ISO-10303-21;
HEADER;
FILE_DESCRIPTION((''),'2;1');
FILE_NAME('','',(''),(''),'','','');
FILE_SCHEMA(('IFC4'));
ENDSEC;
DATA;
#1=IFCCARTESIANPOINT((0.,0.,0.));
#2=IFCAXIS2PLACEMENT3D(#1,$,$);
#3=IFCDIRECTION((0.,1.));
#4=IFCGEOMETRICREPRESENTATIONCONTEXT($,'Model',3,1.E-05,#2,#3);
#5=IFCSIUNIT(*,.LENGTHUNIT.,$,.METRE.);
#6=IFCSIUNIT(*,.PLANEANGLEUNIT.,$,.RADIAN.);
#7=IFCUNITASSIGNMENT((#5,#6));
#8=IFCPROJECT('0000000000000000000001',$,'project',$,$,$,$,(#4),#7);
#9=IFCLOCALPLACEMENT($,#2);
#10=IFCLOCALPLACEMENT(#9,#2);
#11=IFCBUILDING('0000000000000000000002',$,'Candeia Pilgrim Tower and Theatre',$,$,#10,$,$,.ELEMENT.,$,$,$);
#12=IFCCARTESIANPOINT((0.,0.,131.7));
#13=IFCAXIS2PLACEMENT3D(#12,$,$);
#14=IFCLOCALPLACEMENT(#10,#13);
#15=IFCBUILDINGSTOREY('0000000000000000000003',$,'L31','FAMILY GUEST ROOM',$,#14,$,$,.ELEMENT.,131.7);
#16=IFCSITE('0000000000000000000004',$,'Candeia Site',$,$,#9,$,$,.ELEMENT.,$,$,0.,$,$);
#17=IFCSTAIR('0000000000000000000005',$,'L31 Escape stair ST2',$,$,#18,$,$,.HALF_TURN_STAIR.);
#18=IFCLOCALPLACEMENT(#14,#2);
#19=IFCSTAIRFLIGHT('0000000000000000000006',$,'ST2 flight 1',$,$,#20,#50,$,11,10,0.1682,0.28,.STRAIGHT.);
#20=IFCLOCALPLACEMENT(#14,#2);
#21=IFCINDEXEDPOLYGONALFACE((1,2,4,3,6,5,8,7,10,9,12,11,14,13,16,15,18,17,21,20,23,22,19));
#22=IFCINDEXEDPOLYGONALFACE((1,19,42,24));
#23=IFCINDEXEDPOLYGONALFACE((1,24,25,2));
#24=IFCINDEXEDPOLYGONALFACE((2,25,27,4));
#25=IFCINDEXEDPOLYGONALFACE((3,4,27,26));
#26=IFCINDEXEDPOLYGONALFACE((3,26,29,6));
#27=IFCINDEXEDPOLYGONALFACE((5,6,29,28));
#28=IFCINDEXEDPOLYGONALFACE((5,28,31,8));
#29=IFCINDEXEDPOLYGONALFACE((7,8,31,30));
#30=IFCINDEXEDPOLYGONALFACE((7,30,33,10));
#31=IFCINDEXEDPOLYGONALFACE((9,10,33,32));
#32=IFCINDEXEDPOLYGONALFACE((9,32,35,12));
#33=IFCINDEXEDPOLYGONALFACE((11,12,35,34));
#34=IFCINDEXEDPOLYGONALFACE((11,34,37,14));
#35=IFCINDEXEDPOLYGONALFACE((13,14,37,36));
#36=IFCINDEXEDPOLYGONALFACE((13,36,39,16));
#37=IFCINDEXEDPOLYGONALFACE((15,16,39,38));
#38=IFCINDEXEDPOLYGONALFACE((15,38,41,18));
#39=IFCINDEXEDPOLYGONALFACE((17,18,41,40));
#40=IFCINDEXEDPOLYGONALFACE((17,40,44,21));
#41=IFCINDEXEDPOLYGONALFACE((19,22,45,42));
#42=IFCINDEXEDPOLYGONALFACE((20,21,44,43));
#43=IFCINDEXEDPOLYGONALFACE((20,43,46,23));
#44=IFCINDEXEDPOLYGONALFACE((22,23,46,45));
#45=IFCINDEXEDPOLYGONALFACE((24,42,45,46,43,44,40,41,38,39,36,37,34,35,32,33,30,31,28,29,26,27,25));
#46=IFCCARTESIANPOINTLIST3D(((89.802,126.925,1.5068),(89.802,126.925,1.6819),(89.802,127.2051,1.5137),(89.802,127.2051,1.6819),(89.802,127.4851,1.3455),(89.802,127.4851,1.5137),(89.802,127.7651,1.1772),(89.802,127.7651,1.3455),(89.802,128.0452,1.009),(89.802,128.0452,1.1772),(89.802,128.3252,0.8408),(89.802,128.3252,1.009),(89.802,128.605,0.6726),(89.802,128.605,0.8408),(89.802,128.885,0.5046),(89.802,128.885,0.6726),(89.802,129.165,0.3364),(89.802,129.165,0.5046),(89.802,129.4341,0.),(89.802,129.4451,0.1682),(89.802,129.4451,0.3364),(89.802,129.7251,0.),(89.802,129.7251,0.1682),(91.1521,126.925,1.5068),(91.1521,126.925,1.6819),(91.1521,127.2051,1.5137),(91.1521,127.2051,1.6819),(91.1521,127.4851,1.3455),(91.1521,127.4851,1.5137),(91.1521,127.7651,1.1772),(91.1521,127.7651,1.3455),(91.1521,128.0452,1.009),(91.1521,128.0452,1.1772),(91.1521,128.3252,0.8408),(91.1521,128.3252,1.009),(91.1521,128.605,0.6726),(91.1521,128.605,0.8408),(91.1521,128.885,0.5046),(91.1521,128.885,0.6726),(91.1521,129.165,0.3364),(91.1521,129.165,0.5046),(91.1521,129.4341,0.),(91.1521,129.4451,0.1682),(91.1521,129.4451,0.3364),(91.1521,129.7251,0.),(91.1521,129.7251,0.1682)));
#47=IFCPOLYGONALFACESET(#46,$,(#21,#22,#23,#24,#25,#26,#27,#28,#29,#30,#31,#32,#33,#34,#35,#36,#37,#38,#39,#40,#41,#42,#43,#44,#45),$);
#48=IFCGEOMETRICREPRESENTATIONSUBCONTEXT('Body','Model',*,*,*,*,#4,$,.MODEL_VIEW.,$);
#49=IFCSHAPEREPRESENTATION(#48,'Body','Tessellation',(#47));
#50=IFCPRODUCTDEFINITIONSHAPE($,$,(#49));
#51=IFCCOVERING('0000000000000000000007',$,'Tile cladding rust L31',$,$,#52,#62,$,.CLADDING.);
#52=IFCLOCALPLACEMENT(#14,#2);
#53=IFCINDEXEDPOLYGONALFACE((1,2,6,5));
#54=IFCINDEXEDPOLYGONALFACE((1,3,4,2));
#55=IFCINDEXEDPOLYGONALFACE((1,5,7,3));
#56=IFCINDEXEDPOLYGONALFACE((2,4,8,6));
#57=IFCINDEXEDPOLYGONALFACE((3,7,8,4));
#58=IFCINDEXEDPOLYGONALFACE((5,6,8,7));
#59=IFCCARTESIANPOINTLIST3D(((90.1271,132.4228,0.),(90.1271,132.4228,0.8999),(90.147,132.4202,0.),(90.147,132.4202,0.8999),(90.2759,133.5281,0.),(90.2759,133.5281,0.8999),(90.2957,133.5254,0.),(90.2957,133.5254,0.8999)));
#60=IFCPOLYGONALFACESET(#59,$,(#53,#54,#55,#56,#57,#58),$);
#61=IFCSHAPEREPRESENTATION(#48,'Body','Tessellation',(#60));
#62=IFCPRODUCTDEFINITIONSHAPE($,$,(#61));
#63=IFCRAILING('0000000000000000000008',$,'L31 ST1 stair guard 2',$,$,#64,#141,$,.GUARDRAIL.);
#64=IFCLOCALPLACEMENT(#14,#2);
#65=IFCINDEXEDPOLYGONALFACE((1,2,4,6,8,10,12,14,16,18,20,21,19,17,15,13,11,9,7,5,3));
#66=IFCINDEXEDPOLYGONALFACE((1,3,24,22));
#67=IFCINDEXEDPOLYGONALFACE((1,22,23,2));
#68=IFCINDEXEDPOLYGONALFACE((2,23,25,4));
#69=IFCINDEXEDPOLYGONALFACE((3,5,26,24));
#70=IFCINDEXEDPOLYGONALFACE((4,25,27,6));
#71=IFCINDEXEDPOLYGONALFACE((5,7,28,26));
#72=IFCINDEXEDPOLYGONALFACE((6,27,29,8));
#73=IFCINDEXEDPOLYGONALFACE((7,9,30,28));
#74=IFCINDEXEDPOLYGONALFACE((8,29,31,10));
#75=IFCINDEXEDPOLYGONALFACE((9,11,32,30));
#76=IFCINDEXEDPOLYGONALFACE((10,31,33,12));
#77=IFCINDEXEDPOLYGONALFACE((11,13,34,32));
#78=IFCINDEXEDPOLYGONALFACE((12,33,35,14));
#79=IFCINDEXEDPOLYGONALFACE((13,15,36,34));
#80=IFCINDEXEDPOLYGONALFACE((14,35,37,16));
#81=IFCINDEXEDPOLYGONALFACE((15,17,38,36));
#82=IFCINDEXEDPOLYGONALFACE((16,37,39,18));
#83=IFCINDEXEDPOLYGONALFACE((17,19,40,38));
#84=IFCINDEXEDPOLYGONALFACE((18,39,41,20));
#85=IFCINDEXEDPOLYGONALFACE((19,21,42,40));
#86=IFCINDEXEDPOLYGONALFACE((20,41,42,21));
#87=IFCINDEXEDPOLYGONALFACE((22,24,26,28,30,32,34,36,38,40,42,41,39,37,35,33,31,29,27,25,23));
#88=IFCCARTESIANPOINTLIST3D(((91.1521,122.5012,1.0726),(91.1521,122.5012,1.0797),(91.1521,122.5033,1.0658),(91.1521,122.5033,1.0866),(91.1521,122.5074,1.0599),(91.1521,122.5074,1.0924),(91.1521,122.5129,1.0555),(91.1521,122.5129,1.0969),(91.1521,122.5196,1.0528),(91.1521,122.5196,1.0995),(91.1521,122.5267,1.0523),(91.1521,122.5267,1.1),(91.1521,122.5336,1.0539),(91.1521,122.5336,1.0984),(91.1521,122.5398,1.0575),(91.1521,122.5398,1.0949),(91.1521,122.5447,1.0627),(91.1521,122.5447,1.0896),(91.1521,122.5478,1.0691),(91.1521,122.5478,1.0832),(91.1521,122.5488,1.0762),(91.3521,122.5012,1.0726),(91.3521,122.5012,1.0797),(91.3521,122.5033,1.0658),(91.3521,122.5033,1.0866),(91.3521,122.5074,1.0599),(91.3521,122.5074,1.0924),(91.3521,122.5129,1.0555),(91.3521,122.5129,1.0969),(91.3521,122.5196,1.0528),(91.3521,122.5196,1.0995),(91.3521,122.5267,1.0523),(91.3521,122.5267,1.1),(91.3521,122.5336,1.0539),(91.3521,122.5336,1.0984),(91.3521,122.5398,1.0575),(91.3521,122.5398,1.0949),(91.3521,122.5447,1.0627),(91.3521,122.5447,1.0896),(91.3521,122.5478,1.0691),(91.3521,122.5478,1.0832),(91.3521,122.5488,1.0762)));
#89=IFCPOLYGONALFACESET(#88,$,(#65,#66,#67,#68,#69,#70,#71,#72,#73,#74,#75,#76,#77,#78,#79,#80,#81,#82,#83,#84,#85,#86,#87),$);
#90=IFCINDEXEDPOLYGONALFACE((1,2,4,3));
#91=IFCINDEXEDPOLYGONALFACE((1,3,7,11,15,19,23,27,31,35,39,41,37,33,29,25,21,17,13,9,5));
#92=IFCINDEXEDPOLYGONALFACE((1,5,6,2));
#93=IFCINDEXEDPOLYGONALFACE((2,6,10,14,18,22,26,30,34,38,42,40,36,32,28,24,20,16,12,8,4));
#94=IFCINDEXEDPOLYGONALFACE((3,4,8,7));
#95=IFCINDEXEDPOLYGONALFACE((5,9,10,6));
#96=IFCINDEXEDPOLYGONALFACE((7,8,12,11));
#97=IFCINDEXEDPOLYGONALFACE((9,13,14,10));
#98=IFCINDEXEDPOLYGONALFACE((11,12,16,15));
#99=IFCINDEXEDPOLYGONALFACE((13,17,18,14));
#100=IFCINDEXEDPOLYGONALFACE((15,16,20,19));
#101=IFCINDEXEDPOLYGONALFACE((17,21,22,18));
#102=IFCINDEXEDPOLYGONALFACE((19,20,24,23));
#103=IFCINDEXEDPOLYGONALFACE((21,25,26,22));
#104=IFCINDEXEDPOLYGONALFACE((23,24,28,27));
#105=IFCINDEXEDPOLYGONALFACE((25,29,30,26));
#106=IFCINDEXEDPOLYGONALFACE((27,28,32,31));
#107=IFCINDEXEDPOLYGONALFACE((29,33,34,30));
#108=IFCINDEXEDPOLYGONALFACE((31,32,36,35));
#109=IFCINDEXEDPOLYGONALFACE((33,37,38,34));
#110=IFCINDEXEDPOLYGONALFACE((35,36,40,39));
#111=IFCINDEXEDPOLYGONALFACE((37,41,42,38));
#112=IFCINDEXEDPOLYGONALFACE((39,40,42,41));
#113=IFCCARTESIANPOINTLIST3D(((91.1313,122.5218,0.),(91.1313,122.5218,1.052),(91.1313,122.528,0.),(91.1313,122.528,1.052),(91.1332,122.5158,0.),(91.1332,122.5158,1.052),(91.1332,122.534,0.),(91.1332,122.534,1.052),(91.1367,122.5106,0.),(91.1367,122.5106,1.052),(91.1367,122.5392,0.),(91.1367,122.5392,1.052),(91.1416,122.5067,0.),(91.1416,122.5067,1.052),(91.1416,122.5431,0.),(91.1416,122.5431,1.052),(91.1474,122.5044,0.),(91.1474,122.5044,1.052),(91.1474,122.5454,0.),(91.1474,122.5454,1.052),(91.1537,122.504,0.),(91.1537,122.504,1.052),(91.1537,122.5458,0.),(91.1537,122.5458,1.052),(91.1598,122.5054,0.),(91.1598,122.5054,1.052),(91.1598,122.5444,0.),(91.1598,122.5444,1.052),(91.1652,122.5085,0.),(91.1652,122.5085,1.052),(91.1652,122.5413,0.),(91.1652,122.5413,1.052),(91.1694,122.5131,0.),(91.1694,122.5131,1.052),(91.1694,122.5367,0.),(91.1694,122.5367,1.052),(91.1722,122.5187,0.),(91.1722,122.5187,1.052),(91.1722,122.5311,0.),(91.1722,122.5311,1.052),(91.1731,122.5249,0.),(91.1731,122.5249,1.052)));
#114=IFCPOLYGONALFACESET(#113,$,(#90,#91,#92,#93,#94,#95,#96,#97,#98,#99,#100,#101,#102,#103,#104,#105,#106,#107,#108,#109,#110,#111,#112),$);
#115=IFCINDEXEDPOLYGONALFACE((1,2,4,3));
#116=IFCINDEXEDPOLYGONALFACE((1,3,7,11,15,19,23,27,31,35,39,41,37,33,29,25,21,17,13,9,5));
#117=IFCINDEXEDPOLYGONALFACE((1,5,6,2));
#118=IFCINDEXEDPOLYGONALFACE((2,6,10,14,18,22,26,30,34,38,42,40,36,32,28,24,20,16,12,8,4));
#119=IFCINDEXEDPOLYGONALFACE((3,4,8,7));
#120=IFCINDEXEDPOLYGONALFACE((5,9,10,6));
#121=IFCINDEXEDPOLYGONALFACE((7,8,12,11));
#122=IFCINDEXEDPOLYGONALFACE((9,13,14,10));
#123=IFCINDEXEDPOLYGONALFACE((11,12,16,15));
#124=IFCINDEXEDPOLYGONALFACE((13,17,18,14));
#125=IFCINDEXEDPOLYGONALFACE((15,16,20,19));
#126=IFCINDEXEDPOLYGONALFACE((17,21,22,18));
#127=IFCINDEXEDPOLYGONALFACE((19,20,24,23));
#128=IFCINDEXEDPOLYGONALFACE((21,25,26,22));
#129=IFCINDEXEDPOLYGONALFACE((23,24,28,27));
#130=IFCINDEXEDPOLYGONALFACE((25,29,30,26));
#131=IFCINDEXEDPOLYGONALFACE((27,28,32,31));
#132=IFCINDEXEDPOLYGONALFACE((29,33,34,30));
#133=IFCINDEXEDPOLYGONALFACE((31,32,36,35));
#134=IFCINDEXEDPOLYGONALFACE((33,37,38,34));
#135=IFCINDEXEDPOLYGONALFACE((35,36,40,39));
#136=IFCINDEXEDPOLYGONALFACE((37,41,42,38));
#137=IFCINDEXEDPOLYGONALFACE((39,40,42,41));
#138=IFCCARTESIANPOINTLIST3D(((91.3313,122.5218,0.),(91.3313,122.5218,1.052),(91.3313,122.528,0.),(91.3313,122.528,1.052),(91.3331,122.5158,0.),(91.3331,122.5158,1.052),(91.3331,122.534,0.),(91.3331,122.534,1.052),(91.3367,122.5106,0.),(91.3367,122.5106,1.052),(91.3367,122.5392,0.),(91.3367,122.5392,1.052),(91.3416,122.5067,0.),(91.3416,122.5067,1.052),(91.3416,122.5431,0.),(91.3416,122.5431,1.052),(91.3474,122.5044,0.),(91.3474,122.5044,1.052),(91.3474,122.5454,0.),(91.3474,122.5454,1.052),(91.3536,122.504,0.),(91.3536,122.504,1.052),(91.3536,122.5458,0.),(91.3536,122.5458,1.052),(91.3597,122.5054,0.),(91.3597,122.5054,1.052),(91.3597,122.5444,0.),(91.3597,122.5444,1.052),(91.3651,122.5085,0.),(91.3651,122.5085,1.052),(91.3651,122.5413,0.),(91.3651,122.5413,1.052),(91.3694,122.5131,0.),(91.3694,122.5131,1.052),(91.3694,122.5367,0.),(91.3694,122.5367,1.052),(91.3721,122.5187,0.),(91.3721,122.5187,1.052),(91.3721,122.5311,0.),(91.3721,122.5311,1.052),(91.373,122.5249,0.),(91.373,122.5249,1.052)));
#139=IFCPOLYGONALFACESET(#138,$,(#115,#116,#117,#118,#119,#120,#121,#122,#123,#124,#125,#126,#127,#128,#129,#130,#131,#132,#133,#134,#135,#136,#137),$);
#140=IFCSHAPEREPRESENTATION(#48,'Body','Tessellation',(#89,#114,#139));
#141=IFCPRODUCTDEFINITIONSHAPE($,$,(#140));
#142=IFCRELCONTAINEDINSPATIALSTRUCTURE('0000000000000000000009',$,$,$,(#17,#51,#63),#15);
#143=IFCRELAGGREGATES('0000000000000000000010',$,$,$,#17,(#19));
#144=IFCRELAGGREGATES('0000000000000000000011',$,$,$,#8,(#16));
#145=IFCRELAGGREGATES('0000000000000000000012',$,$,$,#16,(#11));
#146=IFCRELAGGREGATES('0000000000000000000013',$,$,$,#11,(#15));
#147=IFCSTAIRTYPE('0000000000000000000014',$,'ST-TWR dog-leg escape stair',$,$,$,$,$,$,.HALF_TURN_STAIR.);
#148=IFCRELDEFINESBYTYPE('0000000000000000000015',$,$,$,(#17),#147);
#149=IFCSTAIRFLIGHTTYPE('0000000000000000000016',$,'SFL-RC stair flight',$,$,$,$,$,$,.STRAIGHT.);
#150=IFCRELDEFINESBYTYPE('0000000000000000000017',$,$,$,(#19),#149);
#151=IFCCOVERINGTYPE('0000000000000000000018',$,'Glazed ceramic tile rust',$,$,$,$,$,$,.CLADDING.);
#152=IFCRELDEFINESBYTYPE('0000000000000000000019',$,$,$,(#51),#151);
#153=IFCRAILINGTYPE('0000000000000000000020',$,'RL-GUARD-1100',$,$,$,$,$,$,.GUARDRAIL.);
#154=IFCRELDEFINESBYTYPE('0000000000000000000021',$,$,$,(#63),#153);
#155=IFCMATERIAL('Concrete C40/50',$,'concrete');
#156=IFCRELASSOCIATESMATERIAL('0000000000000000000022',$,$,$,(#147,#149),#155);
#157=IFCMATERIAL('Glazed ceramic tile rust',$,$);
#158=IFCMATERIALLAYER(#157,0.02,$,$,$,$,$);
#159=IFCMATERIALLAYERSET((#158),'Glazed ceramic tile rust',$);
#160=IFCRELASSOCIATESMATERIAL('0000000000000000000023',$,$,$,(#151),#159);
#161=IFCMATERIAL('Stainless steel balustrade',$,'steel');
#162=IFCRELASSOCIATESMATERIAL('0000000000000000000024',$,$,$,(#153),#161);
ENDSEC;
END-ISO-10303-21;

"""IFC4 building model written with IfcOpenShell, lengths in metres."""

from ifc_helpers import new_model, si_unit, direction, frame, origin, origin_2d, place, context, subcontext, project, spatial, polyline, rectangle, circle, outline, extrude, material, layer, layer_set, type_object, element, aggregate, save


model = new_model("IFC4")

# Units and contexts
model_context = context("Model", 3, precision=1e-05, world=origin(), true_north=direction((0.0, 1.0)))
body_context = subcontext(model_context, "Body", "Model", "MODEL_VIEW")
ifc_project = project(units=[si_unit("LENGTHUNIT", "METRE"), si_unit("PLANEANGLEUNIT", "RADIAN")], contexts=[model_context])

# Site, building, storey
site_placement = place(None, origin())
site = spatial("IfcSite", under=ifc_project, at=site_placement, Name="Candeia Site", CompositionType="ELEMENT", RefElevation=0.0)
building_placement = place(site_placement, origin())
building = spatial("IfcBuilding", under=site, at=building_placement, Name="Candeia Pilgrim Tower and Theatre", CompositionType="ELEMENT")
storey_placement = place(building_placement, frame((0.0, 0.0, 131.7)))
storey = spatial("IfcBuildingStorey", under=building, at=storey_placement, Name="L31", Description="FAMILY GUEST ROOM", CompositionType="ELEMENT", Elevation=131.7)

# Shared definitions
ifc_material_1 = material(Name="Concrete C40/50", Category="concrete")

# Shared definitions
stair_type = type_object("IfcStairType", Name="ST-TWR dog-leg escape stair", PredefinedType="HALF_TURN_STAIR", material=ifc_material_1)
stair_flight_type = type_object("IfcStairFlightType", Name="SFL-RC stair flight", PredefinedType="STRAIGHT", material=ifc_material_1)

# Stair, stair flight
stair_1_placement = place(storey_placement, origin())
stair_1 = element("IfcStair", 1, at=stair_1_placement, inside=storey, type_object=stair_type, Name="L31 Escape stair ST2", PredefinedType="HALF_TURN_STAIR")
stair_flight_1_placement = place(storey_placement, frame((90.4771, 129.7251, 0.0), z_axis=(0.0, 0.0, 1.0), x_axis=(0.0, -1.0, 0.0)))
stair_flight_1 = element("IfcStairFlight", 2, at=stair_flight_1_placement, type_object=stair_flight_type, Name="ST2 flight 1", NumberOfRisers=11, NumberOfTreads=10, PredefinedType="STRAIGHT", RiserHeight=0.1682, TreadLength=0.28, context=body_context, shape_type="SweptSolid", body=[
    extrude(outline(polyline([(0.0, 0.0), (0.0, 0.1682), (0.28, 0.1682), (0.28, 0.3364), (0.5601, 0.3364), (0.5601, 0.5046), (0.8401, 0.5046), (0.8401, 0.6726), (1.1201, 0.6726), (1.1201, 0.8408), (1.3999, 0.8408), (1.3999, 1.009), (1.6799, 1.009), (1.6799, 1.1772), (1.96, 1.1772), (1.96, 1.3455), (2.24, 1.3455), (2.24, 1.5137), (2.52, 1.5137), (2.52, 1.6819), (2.8, 1.6819), (2.8, 1.8501), (2.8, 1.5068), (0.291, 0.0), (0.0, 0.0)])), frame((0.0, 0.675, 0.0), z_axis=(0.0, -1.0, 0.0), x_axis=(1.0, 0.0, 0.0)), (0.0, 0.0, 1.0), 1.3501),
])
aggregate(stair_1, [stair_flight_1])

# Shared definitions
ifc_material_2 = material(Name="Stainless steel balustrade", Category="steel")

# Covering
ifc_material_3 = material(Name="Glazed ceramic tile rust")
ifc_layer_1 = layer(ifc_material_3, 0.02)
ifc_layer_set_1 = layer_set([ifc_layer_1], Name="Glazed ceramic tile rust")
covering_type = type_object("IfcCoveringType", Name="Glazed ceramic tile rust", PredefinedType="CLADDING", material=ifc_layer_set_1)
covering_placement = place(storey_placement, frame((90.2114, 132.9741, 0.0), z_axis=(0.0, 0.0, 1.0), x_axis=(-0.133412, -0.991061, 0.0)))
element("IfcCovering", 3, at=covering_placement, inside=storey, type_object=covering_type, Name="Tile cladding rust L31", PredefinedType="CLADDING", context=body_context, shape_type="SweptSolid", body=[
    extrude(rectangle(XDim=1.1152, YDim=0.02, at=origin_2d()), origin(), (0.0, 0.0, 1.0), 0.8999),
])

# Railing
railing_type_1 = type_object("IfcRailingType", Name="RL-GUARD-1100", PredefinedType="GUARDRAIL", material=ifc_material_2)
railing_1_placement = place(storey_placement, frame((91.1521, 122.5249, 0.0)))
element("IfcRailing", 4, at=railing_1_placement, inside=storey, type_object=railing_type_1, Name="L31 ST1 stair guard 2", PredefinedType="GUARDRAIL", context=body_context, shape_type="SweptSolid", body=[
    extrude(circle(Radius=0.0239, at=origin_2d()), frame((0.0, 0.0, 1.0762), z_axis=(1.0, 0.0, 0.0), x_axis=(0.0, 1.0, 0.0)), (0.0, 0.0, 1.0), 0.2),
    extrude(circle(Radius=0.021, at=origin_2d()), origin(), (0.0, 0.0, 1.0), 1.052),
    extrude(circle(Radius=0.021, at=origin_2d()), frame((0.2, 0.0, 0.0)), (0.0, 0.0, 1.0), 1.052),
])

save(model, "model.ifc")
